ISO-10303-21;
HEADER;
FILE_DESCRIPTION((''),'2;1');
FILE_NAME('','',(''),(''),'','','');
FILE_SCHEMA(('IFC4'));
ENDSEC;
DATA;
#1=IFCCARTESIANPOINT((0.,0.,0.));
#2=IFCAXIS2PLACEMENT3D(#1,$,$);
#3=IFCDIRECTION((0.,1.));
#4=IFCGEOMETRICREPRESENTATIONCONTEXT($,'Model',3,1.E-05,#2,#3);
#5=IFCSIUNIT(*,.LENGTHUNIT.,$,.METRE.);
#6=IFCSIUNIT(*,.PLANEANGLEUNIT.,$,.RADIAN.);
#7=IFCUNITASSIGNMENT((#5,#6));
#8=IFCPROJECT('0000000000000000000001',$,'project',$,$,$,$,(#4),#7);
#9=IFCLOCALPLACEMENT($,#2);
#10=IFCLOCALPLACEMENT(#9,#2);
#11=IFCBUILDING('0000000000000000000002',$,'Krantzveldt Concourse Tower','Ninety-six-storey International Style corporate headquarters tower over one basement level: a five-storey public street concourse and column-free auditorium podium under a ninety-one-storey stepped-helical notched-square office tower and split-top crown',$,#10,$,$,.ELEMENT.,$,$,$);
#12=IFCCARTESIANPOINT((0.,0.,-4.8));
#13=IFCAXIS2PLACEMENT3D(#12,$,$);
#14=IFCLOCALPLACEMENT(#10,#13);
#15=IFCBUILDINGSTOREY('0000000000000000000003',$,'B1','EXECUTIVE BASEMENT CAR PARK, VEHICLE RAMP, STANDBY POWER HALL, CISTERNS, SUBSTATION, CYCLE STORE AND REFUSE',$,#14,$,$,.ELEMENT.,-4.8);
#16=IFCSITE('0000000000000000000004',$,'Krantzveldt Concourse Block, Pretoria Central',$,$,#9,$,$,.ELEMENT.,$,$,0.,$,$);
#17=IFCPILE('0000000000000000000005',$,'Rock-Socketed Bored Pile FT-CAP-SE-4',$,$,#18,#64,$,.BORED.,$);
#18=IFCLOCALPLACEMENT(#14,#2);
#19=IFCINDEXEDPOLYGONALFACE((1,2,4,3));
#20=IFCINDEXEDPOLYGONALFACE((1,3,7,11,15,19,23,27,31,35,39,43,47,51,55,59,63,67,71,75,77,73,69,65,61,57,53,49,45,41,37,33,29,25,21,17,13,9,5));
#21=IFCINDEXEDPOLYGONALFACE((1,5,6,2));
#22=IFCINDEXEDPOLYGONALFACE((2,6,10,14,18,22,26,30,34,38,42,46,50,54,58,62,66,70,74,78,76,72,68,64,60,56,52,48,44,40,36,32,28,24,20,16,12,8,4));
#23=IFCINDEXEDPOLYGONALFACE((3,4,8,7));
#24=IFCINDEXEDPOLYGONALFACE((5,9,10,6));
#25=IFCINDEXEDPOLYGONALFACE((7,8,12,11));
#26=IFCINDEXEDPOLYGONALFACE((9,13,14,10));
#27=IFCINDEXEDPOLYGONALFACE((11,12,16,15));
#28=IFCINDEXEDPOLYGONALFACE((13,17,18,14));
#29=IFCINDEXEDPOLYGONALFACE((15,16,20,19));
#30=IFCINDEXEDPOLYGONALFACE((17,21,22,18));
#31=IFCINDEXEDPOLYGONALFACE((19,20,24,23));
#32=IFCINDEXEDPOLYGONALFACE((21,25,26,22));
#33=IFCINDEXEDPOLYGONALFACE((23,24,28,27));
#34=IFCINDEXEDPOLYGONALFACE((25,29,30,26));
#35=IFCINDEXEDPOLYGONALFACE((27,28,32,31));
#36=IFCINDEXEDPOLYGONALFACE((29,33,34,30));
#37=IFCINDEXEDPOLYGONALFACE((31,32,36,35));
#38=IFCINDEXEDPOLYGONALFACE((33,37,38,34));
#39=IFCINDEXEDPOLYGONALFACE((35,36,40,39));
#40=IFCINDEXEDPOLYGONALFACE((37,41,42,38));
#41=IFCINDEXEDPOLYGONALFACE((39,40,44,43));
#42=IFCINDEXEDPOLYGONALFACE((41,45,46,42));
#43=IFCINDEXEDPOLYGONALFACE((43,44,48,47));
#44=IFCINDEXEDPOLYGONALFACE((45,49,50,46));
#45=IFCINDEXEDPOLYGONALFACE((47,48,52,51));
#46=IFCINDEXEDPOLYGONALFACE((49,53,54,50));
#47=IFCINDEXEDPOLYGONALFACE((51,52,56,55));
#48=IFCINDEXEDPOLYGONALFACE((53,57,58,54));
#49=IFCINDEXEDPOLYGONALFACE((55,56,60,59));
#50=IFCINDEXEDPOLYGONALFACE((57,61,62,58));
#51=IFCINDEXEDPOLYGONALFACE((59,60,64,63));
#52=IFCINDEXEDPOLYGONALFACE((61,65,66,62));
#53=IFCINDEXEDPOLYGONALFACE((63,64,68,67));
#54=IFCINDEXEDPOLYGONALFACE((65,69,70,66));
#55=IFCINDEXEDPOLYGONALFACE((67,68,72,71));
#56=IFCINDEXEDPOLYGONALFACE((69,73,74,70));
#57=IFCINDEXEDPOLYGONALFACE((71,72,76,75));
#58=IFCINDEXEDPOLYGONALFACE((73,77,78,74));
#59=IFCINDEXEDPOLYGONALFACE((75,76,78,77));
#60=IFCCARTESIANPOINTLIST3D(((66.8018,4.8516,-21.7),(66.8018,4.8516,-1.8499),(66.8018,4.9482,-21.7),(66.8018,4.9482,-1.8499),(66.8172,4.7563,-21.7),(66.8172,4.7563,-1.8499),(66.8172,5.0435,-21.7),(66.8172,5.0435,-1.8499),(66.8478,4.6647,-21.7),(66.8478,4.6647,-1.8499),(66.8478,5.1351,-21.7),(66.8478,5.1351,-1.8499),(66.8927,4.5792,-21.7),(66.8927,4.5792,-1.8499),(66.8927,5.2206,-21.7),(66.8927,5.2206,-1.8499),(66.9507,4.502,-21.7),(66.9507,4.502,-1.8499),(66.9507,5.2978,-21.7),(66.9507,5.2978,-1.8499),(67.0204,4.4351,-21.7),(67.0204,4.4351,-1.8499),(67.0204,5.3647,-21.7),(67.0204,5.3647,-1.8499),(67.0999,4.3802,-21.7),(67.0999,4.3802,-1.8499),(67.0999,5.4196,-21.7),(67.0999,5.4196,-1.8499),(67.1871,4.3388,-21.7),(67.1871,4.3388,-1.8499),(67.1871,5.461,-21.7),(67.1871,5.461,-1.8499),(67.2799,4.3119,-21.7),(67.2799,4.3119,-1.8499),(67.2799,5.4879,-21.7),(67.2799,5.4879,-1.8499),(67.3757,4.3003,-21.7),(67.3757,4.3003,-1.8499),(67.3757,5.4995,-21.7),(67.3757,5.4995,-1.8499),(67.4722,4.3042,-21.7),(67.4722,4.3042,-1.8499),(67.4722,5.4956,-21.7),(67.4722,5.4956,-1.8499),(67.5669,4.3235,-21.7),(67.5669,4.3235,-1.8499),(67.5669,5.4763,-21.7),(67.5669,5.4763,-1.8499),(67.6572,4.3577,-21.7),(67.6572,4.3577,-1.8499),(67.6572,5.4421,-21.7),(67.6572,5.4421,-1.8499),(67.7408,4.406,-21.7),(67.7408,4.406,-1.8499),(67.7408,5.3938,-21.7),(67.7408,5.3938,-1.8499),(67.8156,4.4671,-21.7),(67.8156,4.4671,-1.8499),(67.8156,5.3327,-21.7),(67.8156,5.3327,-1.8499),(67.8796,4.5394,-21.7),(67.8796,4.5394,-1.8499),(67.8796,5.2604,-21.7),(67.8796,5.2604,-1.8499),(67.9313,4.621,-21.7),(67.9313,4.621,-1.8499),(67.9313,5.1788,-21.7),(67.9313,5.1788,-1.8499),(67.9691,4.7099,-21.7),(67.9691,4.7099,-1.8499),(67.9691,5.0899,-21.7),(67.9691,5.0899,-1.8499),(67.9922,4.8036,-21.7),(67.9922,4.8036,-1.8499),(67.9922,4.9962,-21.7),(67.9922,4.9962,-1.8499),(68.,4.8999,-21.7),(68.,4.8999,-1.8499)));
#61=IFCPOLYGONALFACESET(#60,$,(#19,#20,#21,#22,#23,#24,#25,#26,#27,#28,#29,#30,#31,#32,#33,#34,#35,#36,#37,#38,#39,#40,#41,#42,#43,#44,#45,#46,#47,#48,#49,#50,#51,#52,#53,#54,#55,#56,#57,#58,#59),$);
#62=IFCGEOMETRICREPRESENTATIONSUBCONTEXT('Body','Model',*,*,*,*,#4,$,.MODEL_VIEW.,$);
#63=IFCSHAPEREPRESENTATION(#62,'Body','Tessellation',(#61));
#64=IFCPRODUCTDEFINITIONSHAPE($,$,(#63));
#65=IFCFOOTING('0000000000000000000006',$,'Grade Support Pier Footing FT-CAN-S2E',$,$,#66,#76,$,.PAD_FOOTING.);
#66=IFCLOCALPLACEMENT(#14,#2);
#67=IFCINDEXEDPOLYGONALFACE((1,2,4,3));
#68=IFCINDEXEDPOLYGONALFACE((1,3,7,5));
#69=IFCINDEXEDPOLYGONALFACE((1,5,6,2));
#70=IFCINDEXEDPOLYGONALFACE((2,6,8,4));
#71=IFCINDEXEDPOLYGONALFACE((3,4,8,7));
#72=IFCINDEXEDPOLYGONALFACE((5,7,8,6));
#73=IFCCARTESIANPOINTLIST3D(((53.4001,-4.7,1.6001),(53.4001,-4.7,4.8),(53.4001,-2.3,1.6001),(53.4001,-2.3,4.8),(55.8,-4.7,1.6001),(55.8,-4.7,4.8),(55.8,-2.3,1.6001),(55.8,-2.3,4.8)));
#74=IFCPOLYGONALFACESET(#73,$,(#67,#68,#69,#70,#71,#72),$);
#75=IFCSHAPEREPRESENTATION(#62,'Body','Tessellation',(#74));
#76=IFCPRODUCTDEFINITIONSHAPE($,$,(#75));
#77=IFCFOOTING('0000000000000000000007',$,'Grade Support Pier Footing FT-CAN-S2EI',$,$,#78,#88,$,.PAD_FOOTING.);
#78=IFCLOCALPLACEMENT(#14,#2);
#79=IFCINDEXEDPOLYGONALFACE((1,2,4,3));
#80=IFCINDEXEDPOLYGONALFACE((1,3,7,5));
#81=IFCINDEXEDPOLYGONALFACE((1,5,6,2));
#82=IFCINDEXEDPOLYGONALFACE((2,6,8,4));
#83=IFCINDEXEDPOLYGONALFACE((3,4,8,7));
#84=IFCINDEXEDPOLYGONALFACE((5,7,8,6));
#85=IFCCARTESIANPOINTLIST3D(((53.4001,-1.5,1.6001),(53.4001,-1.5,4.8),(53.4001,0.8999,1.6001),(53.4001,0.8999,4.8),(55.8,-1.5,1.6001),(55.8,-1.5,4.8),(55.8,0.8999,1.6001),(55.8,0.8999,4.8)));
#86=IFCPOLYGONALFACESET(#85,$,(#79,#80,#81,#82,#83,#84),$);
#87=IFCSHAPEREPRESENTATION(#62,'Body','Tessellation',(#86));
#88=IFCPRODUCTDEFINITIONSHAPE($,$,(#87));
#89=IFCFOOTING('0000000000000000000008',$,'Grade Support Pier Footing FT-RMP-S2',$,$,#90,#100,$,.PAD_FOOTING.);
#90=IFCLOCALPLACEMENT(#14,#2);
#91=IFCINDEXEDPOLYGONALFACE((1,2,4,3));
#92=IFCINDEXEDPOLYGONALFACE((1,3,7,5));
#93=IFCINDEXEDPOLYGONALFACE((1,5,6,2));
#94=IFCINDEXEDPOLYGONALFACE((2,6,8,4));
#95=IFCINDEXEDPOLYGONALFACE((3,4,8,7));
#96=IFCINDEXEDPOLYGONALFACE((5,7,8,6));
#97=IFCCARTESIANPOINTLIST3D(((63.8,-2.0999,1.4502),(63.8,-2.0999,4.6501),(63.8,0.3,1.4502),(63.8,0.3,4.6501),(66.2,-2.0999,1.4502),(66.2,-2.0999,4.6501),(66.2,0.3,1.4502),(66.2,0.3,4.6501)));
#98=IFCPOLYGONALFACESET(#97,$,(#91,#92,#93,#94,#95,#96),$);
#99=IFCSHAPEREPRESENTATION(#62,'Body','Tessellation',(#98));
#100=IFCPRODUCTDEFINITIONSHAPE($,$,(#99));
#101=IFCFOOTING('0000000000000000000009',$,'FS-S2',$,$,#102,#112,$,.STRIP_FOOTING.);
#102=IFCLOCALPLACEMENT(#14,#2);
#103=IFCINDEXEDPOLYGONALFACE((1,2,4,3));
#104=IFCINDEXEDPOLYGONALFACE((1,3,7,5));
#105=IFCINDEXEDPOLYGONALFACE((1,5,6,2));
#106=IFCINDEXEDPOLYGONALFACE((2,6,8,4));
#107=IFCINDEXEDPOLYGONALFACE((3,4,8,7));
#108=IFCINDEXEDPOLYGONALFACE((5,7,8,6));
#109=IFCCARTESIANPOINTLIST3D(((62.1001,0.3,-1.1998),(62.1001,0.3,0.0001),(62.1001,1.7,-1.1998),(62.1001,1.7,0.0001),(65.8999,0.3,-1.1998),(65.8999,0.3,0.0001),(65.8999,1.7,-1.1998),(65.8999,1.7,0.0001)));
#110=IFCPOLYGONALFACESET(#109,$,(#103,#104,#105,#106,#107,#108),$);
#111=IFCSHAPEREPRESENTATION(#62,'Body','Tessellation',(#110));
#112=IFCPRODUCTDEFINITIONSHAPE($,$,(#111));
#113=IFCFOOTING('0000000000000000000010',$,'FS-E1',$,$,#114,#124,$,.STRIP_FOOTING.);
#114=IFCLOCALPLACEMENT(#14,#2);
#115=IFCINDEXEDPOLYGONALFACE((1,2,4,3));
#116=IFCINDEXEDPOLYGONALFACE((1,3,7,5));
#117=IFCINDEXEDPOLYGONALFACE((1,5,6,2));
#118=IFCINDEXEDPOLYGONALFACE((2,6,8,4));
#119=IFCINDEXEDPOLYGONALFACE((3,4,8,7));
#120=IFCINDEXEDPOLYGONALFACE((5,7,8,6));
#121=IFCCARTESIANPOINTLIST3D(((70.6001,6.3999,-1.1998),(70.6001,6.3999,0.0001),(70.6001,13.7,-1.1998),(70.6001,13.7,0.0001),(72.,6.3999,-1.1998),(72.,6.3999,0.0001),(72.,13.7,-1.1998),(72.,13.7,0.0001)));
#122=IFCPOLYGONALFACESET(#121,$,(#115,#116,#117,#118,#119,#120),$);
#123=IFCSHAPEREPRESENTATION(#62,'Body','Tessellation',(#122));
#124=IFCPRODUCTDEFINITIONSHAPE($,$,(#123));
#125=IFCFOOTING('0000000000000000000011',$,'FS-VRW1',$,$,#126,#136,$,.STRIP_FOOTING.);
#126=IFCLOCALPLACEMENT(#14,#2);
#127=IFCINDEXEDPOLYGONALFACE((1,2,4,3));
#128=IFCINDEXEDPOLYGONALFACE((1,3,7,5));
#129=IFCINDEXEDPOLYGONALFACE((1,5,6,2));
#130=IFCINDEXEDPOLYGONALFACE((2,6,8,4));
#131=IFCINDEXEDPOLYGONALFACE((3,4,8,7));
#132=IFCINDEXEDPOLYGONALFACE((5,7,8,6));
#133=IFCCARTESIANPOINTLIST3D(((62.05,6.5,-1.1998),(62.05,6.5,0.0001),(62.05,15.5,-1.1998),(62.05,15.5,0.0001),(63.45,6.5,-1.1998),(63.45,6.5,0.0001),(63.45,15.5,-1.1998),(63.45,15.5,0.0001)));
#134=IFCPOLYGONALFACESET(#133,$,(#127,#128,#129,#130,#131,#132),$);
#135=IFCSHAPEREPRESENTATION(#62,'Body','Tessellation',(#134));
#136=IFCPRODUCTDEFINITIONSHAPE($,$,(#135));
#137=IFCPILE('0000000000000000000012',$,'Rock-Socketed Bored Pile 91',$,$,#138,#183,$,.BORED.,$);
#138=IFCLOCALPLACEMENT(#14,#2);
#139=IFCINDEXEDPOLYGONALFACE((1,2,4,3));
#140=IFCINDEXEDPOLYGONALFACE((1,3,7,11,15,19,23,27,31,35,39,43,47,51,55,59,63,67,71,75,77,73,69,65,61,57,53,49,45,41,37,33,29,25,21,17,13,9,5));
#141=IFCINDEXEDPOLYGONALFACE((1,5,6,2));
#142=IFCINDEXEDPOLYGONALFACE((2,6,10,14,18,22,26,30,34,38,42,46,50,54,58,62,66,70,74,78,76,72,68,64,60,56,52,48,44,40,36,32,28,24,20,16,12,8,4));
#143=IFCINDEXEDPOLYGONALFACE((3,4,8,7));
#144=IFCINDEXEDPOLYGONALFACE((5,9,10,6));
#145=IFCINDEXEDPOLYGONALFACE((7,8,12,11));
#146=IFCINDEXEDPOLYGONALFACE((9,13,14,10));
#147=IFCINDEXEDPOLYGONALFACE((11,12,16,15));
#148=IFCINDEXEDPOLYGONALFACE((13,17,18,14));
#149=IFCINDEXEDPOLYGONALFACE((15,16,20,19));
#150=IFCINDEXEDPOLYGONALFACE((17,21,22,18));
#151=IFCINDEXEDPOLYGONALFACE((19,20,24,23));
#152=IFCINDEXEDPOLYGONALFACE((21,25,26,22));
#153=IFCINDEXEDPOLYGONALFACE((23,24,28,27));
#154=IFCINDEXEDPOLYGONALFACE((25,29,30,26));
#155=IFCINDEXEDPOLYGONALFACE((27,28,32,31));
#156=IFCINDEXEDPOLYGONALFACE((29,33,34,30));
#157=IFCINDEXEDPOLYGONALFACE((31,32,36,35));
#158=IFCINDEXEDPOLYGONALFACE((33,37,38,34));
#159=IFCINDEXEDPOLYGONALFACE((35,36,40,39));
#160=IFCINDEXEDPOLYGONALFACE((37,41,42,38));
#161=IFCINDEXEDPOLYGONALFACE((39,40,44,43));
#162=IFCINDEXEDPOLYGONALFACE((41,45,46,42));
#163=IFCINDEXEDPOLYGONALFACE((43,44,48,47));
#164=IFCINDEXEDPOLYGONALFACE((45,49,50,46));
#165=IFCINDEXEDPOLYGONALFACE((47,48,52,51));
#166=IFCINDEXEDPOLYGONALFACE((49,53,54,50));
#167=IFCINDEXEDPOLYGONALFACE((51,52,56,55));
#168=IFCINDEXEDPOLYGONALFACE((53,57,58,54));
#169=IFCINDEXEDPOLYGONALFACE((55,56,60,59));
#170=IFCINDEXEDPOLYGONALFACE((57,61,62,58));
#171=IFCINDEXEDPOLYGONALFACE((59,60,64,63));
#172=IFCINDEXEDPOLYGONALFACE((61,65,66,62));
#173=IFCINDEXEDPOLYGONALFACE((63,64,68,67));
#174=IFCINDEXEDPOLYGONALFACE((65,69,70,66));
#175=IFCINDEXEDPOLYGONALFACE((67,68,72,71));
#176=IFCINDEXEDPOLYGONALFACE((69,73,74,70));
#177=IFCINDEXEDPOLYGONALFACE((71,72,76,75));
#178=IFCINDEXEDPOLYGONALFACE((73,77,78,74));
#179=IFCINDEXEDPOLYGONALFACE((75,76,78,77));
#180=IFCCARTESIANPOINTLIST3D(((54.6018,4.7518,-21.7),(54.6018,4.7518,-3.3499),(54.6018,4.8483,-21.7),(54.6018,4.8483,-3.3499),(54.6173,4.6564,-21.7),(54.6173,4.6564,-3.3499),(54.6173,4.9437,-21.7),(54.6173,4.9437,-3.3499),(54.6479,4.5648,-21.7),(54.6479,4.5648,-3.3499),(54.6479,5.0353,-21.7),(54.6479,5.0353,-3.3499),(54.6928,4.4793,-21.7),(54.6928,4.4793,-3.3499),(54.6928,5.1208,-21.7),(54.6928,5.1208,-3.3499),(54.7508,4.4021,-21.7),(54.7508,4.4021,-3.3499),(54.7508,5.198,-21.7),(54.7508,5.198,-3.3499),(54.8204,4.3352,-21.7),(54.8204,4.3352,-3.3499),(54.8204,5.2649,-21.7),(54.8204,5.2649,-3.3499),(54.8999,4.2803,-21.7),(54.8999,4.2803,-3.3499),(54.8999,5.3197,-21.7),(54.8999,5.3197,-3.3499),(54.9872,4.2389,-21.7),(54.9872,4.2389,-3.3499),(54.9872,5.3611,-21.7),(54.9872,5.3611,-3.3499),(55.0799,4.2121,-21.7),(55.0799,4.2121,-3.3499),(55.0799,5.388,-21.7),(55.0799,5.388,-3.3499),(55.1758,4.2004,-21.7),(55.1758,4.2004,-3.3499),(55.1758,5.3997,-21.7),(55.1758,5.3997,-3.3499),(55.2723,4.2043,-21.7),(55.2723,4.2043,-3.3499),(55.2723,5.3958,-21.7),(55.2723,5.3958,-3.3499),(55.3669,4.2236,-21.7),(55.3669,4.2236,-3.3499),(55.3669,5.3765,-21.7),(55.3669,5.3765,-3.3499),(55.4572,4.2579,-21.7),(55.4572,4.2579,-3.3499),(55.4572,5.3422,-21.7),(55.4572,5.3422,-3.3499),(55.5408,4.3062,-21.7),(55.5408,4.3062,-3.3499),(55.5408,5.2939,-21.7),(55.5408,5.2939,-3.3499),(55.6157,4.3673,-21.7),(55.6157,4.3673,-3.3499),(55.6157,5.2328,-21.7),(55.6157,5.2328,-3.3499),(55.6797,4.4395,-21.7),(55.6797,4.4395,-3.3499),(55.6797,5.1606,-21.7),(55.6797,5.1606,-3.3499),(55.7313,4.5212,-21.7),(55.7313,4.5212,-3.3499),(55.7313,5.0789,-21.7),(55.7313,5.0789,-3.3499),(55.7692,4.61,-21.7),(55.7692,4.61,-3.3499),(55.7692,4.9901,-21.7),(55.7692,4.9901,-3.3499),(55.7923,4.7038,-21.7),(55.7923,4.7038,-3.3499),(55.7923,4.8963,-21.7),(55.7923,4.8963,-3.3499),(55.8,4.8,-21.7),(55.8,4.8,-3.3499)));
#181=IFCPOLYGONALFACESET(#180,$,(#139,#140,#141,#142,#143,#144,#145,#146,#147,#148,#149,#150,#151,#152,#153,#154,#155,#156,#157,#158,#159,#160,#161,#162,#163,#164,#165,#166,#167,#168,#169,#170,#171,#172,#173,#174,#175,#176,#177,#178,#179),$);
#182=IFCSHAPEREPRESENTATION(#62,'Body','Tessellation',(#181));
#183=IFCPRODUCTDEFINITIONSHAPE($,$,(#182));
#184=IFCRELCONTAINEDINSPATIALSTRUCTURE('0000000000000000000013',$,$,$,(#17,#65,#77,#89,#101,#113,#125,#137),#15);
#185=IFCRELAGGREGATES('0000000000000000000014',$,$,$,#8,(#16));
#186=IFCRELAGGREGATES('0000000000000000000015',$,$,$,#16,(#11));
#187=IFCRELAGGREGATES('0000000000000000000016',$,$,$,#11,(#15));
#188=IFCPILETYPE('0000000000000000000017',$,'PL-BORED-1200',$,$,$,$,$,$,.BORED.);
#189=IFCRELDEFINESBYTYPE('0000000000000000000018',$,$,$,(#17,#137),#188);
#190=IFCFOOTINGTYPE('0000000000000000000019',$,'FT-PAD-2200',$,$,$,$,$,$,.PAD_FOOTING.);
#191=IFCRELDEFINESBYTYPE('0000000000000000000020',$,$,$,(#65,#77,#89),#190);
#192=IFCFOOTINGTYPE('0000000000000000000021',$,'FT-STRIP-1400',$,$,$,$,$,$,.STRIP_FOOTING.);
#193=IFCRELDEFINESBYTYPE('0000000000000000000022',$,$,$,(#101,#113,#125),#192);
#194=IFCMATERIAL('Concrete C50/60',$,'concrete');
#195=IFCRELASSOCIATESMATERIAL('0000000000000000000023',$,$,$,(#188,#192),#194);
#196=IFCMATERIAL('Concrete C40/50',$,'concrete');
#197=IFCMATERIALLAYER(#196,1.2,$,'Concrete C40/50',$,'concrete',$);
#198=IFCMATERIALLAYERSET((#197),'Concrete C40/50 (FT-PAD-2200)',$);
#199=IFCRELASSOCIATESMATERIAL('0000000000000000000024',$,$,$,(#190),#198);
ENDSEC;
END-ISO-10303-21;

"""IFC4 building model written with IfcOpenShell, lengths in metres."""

from ifc_helpers import new_model, si_unit, direction, frame, origin, origin_2d, place, context, subcontext, project, spatial, rectangle, circle, extrude, source, transform, mapped, material, layer, layer_set, material_profile, profile_set, type_object, type_shapes, element, save


model = new_model("IFC4")

# Units and contexts
model_context = context("Model", 3, precision=1e-05, world=origin(), true_north=direction((0.0, 1.0)))
body_context = subcontext(model_context, "Body", "Model", "MODEL_VIEW")
ifc_project = project(units=[si_unit("LENGTHUNIT", "METRE"), si_unit("PLANEANGLEUNIT", "RADIAN")], contexts=[model_context])

# Site, building, storey
site_placement = place(None, origin())
site = spatial("IfcSite", under=ifc_project, at=site_placement, Name="Krantzveldt Concourse Block, Pretoria Central", CompositionType="ELEMENT", RefElevation=0.0)
building_placement = place(site_placement, origin())
building = spatial("IfcBuilding", under=site, at=building_placement, Name="Krantzveldt Concourse Tower", Description="Ninety-six-storey International Style corporate headquarters tower over one basement level: a five-storey public street concourse and column-free auditorium podium under a ninety-one-storey stepped-helical notched-square office tower and split-top crown", CompositionType="ELEMENT")
storey_placement = place(building_placement, frame((0.0, 0.0, -4.8)))
storey = spatial("IfcBuildingStorey", under=building, at=storey_placement, Name="B1", Description="EXECUTIVE BASEMENT CAR PARK, VEHICLE RAMP, STANDBY POWER HALL, CISTERNS, SUBSTATION, CYCLE STORE AND REFUSE", CompositionType="ELEMENT", Elevation=-4.8)

# Pile
ifc_material_1 = material(Name="Concrete C50/60", Category="concrete")
ifc_material_profile_1 = material_profile(ifc_material_1, circle(Radius=0.6001, at=origin_2d()), Name="Concrete C50/60", Category="concrete")
ifc_profile_set_1 = profile_set([ifc_material_profile_1], Name="Concrete C50/60 - PILE D1200")
pile_type = type_object("IfcPileType", Name="PL-BORED-1200", PredefinedType="BORED", material=ifc_profile_set_1)
shared_shape_1 = source(origin(), body_context, "Body", "SweptSolid", [
    extrude(circle(Radius=0.6001, at=origin_2d()), origin(), (0.0, 0.0, 1.0), 19.8501),
])
for number, where, z_axis, x_axis, name in (
    (1, (67.3999, 4.8999, -1.8499), (0.0, 0.0, -1.0), (1.0, 0.0, 0.0), "Rock-Socketed Bored Pile FT-CAP-SE-4"),
):
    element("IfcPile", number, at=place(storey_placement, frame(where, z_axis=z_axis, x_axis=x_axis)), inside=storey, type_object=pile_type, Name=name, PredefinedType="BORED", context=body_context, shape_type="MappedRepresentation", body=[
        mapped(shared_shape_1, transform((0.0, 0.0, 0.0), x_axis=(1.0, 0.0, 0.0), y_axis=(0.0, 1.0, 0.0), z_axis=(0.0, 0.0, 1.0), scale=1.0)),
    ])

# Footings
ifc_material_2 = material(Name="Concrete C40/50", Category="concrete")
ifc_layer_1 = layer(ifc_material_2, 1.2, Name="Concrete C40/50", Category="concrete")
ifc_layer_set_1 = layer_set([ifc_layer_1], Name="Concrete C40/50 (FT-PAD-2200)")
footing_type_1 = type_object("IfcFootingType", Name="FT-PAD-2200", PredefinedType="PAD_FOOTING", material=ifc_layer_set_1)
shared_shape_2 = source(origin(), body_context, "Body", "SweptSolid", [
    extrude(rectangle(XDim=2.3999, YDim=2.3999, at=origin_2d()), origin(), (0.0, 0.0, 1.0), 3.2),
])
type_shapes(footing_type_1, [shared_shape_2])
for number, where, z_axis, x_axis, name in (
    (2, (54.6001, -3.5, 1.6001), (0.0, 0.0, 1.0), (1.0, 0.0, 0.0), "Grade Support Pier Footing FT-CAN-S2E"),
    (3, (54.6001, -0.3, 1.6001), (0.0, 0.0, 1.0), (1.0, 0.0, 0.0), "Grade Support Pier Footing FT-CAN-S2EI"),
    (4, (65.0, -0.8999, 1.4502), (0.0, 0.0, 1.0), (1.0, 0.0, 0.0), "Grade Support Pier Footing FT-RMP-S2"),
):
    element("IfcFooting", number, at=place(storey_placement, frame(where, z_axis=z_axis, x_axis=x_axis)), inside=storey, type_object=footing_type_1, Name=name, PredefinedType="PAD_FOOTING", context=body_context, shape_type="MappedRepresentation", body=[
        mapped(shared_shape_2, transform((0.0, 0.0, 0.0), x_axis=(1.0, 0.0, 0.0), y_axis=(0.0, 1.0, 0.0), z_axis=(0.0, 0.0, 1.0), scale=1.0)),
    ])
ifc_material_profile_2 = material_profile(ifc_material_1, rectangle(XDim=1.3999, YDim=1.2, at=origin_2d()), Name="Concrete C50/60", Category="concrete")
ifc_profile_set_2 = profile_set([ifc_material_profile_2], Name="Concrete C50/60 - STRIP 1400x1200")
footing_type_2 = type_object("IfcFootingType", Name="FT-STRIP-1400", PredefinedType="STRIP_FOOTING", material=ifc_profile_set_2)
shared_shape_3 = source(origin(), body_context, "Body", "SweptSolid", [
    extrude(rectangle(XDim=1.3999, YDim=1.2, at=origin_2d()), origin(), (0.0, 0.0, 1.0), 3.7998),
])
footing_1_placement = place(storey_placement, frame((62.1001, 1.0, -0.5999), z_axis=(1.0, 0.0, 0.0), x_axis=(0.0, 1.0, 0.0)))
element("IfcFooting", 5, at=footing_1_placement, inside=storey, type_object=footing_type_2, Name="FS-S2", PredefinedType="STRIP_FOOTING", context=body_context, shape_type="MappedRepresentation", body=[
    mapped(shared_shape_3, transform((0.0, 0.0, 0.0), x_axis=(1.0, 0.0, 0.0), y_axis=(0.0, 1.0, 0.0), z_axis=(0.0, 0.0, 1.0), scale=1.0)),
])
shared_shape_4 = source(origin(), body_context, "Body", "SweptSolid", [
    extrude(rectangle(XDim=1.3999, YDim=1.2, at=origin_2d()), origin(), (0.0, 0.0, 1.0), 7.3),
])
footing_2_placement = place(storey_placement, frame((71.3, 6.3999, -0.5999), z_axis=(0.0, 1.0, 0.0), x_axis=(-1.0, 0.0, 0.0)))
element("IfcFooting", 6, at=footing_2_placement, inside=storey, type_object=footing_type_2, Name="FS-E1", PredefinedType="STRIP_FOOTING", context=body_context, shape_type="MappedRepresentation", body=[
    mapped(shared_shape_4, transform((0.0, 0.0, 0.0), x_axis=(1.0, 0.0, 0.0), y_axis=(0.0, 1.0, 0.0), z_axis=(0.0, 0.0, 1.0), scale=1.0)),
])
shared_shape_5 = source(origin(), body_context, "Body", "SweptSolid", [
    extrude(rectangle(XDim=1.3999, YDim=1.2, at=origin_2d()), origin(), (0.0, 0.0, 1.0), 9.0),
])
type_shapes(footing_type_2, [shared_shape_3, shared_shape_4, shared_shape_5])
footing_3_placement = place(storey_placement, frame((62.75, 6.5, -0.5999), z_axis=(0.0, 1.0, 0.0), x_axis=(-1.0, 0.0, 0.0)))
element("IfcFooting", 7, at=footing_3_placement, inside=storey, type_object=footing_type_2, Name="FS-VRW1", PredefinedType="STRIP_FOOTING", context=body_context, shape_type="MappedRepresentation", body=[
    mapped(shared_shape_5, transform((0.0, 0.0, 0.0), x_axis=(1.0, 0.0, 0.0), y_axis=(0.0, 1.0, 0.0), z_axis=(0.0, 0.0, 1.0), scale=1.0)),
])

# Pile
shared_shape_6 = source(origin(), body_context, "Body", "SweptSolid", [
    extrude(circle(Radius=0.6001, at=origin_2d()), origin(), (0.0, 0.0, 1.0), 18.3501),
])
type_shapes(pile_type, [shared_shape_1, shared_shape_6])
for number, where, z_axis, x_axis, name in (
    (8, (55.2, 4.8, -3.3499), (0.0, 0.0, -1.0), (1.0, 0.0, 0.0), "Rock-Socketed Bored Pile 91"),
):
    element("IfcPile", number, at=place(storey_placement, frame(where, z_axis=z_axis, x_axis=x_axis)), inside=storey, type_object=pile_type, Name=name, PredefinedType="BORED", context=body_context, shape_type="MappedRepresentation", body=[
        mapped(shared_shape_6, transform((0.0, 0.0, 0.0), x_axis=(1.0, 0.0, 0.0), y_axis=(0.0, 1.0, 0.0), z_axis=(0.0, 0.0, 1.0), scale=1.0)),
    ])

save(model, "model.ifc")
